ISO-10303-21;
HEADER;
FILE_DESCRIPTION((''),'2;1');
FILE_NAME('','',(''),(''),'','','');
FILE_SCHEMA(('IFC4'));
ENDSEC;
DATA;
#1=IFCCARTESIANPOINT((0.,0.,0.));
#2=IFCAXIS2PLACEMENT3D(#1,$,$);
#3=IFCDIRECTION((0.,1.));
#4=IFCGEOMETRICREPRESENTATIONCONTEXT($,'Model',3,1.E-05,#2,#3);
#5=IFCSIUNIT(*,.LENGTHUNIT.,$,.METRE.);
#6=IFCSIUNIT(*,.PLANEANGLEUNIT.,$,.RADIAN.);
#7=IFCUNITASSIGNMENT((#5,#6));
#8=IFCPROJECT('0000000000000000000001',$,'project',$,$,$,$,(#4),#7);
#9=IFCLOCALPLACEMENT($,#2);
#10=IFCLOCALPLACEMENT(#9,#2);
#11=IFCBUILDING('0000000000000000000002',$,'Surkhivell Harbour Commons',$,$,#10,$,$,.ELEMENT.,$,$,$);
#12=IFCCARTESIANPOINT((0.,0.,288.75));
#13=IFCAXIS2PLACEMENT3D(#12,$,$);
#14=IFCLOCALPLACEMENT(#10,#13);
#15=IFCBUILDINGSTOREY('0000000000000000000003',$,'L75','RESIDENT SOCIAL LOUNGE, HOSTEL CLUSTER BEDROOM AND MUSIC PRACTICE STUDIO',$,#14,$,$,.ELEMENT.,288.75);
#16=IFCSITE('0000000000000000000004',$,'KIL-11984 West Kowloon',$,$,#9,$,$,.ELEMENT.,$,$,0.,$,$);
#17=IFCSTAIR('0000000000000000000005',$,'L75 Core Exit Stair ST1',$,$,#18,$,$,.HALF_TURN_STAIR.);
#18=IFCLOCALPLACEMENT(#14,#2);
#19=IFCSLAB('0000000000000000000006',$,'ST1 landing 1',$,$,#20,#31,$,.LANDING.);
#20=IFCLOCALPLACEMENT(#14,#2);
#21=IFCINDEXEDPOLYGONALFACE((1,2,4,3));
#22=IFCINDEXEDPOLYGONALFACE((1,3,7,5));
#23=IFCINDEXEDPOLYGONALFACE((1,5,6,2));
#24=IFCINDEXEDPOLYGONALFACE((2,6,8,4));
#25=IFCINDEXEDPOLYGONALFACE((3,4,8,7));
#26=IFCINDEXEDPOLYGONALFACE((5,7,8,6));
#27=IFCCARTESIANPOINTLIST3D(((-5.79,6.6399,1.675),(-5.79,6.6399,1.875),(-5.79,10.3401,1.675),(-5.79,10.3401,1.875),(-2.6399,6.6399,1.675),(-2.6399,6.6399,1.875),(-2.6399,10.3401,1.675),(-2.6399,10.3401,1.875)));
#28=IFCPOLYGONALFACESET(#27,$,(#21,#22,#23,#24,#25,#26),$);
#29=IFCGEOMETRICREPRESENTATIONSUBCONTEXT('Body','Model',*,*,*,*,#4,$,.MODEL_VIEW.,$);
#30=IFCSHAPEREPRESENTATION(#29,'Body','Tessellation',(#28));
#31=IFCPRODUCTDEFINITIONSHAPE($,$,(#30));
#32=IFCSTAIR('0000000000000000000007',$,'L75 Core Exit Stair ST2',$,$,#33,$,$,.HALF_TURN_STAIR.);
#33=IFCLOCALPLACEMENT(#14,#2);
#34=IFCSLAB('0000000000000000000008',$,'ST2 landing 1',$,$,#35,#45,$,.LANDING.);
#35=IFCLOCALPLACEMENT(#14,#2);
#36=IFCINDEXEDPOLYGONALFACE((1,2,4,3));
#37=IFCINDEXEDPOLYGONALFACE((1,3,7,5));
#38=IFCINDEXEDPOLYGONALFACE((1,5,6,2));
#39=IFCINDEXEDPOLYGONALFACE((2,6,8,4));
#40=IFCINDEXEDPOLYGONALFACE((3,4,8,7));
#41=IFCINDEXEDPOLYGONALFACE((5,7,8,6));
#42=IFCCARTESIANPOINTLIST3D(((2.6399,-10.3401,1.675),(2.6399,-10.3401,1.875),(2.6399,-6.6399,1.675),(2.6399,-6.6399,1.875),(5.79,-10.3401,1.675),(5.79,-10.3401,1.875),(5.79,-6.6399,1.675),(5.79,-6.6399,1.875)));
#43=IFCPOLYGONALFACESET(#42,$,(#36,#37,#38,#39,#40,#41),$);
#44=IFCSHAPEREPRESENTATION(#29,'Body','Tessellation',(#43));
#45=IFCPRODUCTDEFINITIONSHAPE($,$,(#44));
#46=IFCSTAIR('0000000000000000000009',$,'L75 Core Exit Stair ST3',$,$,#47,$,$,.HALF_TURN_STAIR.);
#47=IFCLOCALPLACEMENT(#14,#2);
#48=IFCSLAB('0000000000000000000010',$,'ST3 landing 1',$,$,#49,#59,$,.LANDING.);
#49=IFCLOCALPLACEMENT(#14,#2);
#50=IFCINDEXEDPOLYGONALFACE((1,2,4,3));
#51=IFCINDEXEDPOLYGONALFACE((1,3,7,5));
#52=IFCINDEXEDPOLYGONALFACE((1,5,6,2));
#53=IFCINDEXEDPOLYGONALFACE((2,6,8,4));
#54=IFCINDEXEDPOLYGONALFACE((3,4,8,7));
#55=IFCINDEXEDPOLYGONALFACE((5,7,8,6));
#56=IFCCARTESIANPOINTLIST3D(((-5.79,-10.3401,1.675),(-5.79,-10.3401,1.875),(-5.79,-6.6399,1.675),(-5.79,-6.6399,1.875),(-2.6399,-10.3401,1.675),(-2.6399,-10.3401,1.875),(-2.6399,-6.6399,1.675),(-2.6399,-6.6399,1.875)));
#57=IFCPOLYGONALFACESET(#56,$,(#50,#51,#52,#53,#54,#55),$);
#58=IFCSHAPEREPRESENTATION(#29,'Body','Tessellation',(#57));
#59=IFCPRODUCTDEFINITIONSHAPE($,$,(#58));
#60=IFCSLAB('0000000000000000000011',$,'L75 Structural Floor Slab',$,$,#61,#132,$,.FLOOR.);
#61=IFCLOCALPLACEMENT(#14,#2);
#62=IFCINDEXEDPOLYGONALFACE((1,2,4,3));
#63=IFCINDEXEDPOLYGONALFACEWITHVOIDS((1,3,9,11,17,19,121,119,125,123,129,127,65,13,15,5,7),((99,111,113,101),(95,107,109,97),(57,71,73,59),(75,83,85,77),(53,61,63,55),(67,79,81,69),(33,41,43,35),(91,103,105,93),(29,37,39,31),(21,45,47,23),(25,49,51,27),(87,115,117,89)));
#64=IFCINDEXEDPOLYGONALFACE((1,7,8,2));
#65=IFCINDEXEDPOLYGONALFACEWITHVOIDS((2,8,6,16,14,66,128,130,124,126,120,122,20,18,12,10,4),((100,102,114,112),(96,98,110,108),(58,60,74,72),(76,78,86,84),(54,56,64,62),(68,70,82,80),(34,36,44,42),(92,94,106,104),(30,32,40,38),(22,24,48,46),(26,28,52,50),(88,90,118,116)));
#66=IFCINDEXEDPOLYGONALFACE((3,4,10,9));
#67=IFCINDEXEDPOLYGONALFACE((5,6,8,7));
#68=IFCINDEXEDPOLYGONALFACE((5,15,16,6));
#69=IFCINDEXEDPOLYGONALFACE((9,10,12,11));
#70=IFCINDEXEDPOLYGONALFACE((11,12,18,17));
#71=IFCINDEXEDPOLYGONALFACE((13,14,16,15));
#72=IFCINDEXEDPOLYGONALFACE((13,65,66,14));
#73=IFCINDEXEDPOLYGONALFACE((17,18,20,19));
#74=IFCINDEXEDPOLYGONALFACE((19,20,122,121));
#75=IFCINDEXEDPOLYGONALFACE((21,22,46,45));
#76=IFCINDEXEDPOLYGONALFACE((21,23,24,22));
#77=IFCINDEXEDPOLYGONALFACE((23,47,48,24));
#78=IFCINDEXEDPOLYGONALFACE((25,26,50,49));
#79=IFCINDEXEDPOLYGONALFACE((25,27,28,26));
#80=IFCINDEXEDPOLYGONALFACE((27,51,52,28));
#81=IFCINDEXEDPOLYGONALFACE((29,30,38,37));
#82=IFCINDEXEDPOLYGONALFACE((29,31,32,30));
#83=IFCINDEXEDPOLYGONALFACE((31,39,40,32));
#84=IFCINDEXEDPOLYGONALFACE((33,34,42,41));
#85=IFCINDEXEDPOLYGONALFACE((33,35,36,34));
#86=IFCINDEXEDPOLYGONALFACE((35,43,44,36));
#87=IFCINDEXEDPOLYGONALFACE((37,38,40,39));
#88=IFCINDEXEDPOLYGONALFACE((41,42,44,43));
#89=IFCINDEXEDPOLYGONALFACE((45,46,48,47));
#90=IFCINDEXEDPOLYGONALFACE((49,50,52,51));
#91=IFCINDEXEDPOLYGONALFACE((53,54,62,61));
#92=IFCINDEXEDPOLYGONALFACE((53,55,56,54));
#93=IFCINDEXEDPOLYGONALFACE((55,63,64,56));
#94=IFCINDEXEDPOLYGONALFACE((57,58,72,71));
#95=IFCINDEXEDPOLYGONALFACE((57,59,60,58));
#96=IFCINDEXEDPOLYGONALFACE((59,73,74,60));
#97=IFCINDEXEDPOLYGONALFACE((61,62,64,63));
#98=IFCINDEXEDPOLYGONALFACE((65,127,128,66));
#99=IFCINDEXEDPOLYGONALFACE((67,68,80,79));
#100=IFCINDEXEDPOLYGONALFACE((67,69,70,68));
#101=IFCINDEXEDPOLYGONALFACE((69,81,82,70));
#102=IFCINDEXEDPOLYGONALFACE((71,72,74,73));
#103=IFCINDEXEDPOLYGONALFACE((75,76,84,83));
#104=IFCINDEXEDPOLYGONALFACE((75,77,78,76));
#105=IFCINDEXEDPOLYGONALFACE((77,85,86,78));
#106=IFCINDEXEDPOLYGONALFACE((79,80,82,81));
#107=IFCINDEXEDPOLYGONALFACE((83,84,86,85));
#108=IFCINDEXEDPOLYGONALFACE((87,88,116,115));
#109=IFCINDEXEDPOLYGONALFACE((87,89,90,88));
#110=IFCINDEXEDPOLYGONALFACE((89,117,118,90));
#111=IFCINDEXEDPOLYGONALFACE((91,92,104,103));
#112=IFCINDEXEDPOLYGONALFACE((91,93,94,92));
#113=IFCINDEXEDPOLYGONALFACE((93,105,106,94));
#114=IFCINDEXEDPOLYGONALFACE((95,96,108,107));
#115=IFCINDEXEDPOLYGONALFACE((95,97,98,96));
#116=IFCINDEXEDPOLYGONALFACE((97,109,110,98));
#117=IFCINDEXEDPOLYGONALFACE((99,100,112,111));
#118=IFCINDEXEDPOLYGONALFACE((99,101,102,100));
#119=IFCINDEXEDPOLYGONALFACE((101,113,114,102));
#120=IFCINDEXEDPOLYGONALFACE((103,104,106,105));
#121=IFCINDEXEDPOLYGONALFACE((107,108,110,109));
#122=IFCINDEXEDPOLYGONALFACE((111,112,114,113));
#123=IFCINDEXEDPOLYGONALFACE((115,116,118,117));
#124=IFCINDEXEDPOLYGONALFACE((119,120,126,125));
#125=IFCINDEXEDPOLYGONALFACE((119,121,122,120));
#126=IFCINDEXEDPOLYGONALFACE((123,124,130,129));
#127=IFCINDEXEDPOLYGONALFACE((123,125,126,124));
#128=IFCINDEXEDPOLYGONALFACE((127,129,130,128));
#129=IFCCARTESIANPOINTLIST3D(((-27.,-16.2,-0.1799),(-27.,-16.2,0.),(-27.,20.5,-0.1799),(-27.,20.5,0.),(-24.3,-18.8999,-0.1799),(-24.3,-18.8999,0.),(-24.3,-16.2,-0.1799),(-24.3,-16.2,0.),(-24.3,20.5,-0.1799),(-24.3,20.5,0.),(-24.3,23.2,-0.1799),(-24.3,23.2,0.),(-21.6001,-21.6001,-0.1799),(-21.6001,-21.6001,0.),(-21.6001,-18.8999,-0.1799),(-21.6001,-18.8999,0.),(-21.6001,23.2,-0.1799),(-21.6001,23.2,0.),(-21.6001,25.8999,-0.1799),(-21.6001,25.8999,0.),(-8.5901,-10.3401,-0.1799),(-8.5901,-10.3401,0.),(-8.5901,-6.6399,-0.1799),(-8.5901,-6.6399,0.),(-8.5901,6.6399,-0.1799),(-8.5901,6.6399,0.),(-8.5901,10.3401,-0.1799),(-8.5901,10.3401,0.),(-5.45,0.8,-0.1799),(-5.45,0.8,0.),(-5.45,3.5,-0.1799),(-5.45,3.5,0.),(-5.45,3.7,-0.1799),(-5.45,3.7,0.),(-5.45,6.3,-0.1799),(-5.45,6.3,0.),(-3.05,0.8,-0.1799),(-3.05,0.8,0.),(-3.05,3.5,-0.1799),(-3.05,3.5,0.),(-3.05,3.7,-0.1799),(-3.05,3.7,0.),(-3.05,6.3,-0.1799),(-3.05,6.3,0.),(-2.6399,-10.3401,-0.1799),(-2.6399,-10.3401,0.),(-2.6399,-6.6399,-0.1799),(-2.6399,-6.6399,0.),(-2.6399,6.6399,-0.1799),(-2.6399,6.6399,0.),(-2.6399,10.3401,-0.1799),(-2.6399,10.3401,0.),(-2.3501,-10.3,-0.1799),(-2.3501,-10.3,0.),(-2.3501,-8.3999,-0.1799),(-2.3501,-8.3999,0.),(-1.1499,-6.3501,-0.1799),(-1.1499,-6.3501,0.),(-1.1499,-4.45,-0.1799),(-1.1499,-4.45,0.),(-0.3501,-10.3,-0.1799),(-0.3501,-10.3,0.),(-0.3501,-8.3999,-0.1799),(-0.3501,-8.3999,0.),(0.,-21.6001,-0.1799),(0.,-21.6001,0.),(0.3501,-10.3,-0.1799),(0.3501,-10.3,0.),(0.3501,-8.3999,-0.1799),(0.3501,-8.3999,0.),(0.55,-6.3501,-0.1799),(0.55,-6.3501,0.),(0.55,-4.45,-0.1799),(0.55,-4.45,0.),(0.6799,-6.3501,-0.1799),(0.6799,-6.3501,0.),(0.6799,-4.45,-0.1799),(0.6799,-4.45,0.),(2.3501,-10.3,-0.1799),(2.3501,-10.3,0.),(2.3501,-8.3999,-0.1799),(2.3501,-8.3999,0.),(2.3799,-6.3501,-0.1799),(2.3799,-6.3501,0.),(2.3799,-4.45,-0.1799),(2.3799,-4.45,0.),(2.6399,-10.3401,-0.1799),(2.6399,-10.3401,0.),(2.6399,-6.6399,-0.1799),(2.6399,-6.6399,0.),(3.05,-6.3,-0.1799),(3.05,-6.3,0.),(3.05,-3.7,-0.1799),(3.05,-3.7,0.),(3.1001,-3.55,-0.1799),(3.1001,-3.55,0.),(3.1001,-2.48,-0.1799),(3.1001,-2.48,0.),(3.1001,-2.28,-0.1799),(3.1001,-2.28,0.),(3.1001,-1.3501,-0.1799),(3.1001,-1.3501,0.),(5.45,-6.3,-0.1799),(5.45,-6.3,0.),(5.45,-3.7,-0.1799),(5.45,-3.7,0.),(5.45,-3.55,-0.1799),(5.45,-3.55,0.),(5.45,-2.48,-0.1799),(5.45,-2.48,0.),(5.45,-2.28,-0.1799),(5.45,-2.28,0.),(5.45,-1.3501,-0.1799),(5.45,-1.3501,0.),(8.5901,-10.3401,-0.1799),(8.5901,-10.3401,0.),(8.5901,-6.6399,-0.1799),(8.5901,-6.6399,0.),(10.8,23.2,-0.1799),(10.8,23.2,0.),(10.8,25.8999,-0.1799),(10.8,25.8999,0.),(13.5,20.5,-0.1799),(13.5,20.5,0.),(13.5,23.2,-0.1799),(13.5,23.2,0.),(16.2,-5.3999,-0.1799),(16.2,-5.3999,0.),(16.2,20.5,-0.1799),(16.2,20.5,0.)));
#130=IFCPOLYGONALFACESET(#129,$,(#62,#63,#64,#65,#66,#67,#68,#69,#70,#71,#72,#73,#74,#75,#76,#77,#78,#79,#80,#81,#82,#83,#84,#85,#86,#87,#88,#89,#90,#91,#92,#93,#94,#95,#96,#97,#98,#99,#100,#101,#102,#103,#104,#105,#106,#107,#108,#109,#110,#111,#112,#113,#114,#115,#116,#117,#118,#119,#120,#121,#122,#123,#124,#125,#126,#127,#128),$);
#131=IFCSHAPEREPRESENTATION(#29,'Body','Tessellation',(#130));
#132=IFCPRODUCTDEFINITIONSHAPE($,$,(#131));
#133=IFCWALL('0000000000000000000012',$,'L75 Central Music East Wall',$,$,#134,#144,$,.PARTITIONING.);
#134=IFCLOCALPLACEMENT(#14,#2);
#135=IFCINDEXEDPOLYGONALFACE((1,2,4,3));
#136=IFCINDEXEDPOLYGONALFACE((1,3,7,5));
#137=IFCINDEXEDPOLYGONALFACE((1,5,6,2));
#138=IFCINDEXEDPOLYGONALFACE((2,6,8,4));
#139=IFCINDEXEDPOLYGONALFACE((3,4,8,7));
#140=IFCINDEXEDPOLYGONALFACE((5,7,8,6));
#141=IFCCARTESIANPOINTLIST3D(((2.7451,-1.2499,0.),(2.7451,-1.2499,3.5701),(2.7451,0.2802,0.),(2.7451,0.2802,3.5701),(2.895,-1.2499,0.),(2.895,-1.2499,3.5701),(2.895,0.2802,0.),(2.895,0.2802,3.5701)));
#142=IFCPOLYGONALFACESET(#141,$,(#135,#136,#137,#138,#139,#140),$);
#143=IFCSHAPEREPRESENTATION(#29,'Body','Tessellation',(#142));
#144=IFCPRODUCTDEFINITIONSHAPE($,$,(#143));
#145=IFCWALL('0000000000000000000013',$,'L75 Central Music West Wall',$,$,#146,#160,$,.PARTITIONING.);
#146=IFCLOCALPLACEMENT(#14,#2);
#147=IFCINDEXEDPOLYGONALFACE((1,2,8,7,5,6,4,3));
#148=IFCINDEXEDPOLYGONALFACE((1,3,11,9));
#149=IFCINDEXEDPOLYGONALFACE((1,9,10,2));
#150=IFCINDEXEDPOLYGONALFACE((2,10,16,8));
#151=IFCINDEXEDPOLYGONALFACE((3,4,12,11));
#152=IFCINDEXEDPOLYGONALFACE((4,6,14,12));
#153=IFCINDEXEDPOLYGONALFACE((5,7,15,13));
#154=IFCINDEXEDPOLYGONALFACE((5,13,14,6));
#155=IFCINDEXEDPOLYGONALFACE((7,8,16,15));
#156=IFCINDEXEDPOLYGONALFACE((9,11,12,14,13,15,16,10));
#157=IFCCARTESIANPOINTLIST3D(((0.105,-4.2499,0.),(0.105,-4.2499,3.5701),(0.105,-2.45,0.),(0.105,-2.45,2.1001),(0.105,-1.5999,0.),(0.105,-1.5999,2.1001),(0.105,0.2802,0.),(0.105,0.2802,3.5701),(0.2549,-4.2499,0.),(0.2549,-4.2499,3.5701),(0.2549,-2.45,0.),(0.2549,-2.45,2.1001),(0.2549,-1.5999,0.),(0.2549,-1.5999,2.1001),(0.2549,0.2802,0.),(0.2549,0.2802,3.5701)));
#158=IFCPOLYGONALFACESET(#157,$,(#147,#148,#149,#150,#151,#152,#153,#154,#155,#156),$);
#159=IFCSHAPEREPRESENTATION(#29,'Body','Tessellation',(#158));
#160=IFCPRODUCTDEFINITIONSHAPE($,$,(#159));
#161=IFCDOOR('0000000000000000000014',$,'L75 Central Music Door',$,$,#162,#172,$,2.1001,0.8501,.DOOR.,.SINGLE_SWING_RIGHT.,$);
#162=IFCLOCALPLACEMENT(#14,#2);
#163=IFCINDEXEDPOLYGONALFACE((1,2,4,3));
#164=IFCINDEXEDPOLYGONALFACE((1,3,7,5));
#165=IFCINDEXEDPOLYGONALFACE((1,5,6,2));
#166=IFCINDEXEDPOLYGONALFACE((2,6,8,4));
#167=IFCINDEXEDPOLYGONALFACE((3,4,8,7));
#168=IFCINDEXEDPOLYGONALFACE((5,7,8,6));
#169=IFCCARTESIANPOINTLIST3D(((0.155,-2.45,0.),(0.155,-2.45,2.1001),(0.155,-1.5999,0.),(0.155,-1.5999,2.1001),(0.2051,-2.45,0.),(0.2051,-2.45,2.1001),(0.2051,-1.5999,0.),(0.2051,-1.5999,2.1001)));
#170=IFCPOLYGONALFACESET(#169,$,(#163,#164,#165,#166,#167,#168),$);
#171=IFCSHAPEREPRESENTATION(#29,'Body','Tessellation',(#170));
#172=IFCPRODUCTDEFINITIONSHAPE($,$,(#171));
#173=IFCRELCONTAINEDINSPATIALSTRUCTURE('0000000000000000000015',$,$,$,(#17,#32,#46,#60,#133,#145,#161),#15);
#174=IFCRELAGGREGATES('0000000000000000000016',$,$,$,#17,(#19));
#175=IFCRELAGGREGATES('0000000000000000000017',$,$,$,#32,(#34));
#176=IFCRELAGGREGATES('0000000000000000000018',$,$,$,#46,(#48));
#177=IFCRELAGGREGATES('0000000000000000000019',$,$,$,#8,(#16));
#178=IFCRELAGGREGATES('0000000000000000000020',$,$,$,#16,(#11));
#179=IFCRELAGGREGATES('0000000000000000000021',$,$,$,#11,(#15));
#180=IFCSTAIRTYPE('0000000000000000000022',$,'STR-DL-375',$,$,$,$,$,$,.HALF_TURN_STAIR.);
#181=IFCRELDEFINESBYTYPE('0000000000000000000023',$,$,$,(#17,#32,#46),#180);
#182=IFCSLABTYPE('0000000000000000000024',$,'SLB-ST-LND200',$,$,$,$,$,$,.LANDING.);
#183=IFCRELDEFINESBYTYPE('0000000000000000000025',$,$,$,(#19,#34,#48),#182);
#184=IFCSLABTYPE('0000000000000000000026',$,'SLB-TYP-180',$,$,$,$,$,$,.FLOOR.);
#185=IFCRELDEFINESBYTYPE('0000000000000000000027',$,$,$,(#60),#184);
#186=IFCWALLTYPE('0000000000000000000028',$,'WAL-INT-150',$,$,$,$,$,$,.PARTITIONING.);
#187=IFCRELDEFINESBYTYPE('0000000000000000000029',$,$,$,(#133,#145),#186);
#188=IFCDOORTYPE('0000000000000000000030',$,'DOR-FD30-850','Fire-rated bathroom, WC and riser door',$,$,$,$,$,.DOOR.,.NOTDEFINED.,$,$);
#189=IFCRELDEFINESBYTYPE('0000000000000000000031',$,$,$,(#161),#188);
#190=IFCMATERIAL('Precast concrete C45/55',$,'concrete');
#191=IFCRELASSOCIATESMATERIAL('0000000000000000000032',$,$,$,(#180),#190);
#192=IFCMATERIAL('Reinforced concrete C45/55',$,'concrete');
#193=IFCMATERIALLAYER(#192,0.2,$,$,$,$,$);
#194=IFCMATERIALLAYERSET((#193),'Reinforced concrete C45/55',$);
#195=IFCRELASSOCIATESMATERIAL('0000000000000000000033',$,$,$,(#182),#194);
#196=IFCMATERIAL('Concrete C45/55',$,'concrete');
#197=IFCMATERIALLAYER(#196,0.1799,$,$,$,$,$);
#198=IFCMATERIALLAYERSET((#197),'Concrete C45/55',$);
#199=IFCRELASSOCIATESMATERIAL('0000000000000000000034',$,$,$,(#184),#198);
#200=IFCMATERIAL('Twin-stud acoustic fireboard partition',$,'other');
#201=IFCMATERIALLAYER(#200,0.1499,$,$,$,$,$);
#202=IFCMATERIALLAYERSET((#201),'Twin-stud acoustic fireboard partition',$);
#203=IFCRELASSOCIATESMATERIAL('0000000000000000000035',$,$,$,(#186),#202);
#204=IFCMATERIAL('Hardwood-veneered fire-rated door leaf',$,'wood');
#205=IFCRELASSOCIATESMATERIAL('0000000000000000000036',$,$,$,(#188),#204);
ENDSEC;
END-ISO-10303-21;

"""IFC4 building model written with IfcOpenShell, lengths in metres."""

from ifc_helpers import new_model, si_unit, direction, frame, frame_2d, origin, place, context, subcontext, project, spatial, polyline, rectangle, outline, extrude, material, layer, layer_set, type_object, element, fill, aggregate, save


model = new_model("IFC4")

# Units and contexts
model_context = context("Model", 3, precision=1e-05, world=origin(), true_north=direction((0.0, 1.0)))
body_context = subcontext(model_context, "Body", "Model", "MODEL_VIEW")
ifc_project = project(units=[si_unit("LENGTHUNIT", "METRE"), si_unit("PLANEANGLEUNIT", "RADIAN")], contexts=[model_context])

# Site, building, storey
site_placement = place(None, origin())
site = spatial("IfcSite", under=ifc_project, at=site_placement, Name="KIL-11984 West Kowloon", CompositionType="ELEMENT", RefElevation=0.0)
building_placement = place(site_placement, origin())
building = spatial("IfcBuilding", under=site, at=building_placement, Name="Surkhivell Harbour Commons", CompositionType="ELEMENT")
storey_placement = place(building_placement, frame((0.0, 0.0, 288.75)))
storey = spatial("IfcBuildingStorey", under=building, at=storey_placement, Name="L75", Description="RESIDENT SOCIAL LOUNGE, HOSTEL CLUSTER BEDROOM AND MUSIC PRACTICE STUDIO", CompositionType="ELEMENT", Elevation=288.75)

# Stairs, slabs
ifc_material_1 = material(Name="Precast concrete C45/55", Category="concrete")
stair_type = type_object("IfcStairType", Name="STR-DL-375", PredefinedType="HALF_TURN_STAIR", material=ifc_material_1)
stair_1_placement = place(storey_placement, origin())
stair_1 = element("IfcStair", 1, at=stair_1_placement, inside=storey, type_object=stair_type, Name="L75 Core Exit Stair ST1", PredefinedType="HALF_TURN_STAIR")
ifc_material_2 = material(Name="Reinforced concrete C45/55", Category="concrete")
ifc_layer_1 = layer(ifc_material_2, 0.2)
ifc_layer_set_1 = layer_set([ifc_layer_1], Name="Reinforced concrete C45/55")
slab_type_1 = type_object("IfcSlabType", Name="SLB-ST-LND200", PredefinedType="LANDING", material=ifc_layer_set_1)
slab_1_placement = place(storey_placement, frame((0.0, 0.0, 1.675)))
slab_1 = element("IfcSlab", 2, at=slab_1_placement, type_object=slab_type_1, Name="ST1 landing 1", PredefinedType="LANDING", context=body_context, shape_type="SweptSolid", body=[
    extrude(outline(polyline([(-5.79, 6.6399), (-2.6399, 6.6399), (-2.6399, 10.3401), (-5.79, 10.3401), (-5.79, 6.6399)])), origin(), (0.0, 0.0, 1.0), 0.2),
])
aggregate(stair_1, [slab_1])
stair_2_placement = place(storey_placement, origin())
stair_2 = element("IfcStair", 3, at=stair_2_placement, inside=storey, type_object=stair_type, Name="L75 Core Exit Stair ST2", PredefinedType="HALF_TURN_STAIR")
slab_2_placement = place(storey_placement, frame((0.0, 0.0, 1.675)))
slab_2 = element("IfcSlab", 4, at=slab_2_placement, type_object=slab_type_1, Name="ST2 landing 1", PredefinedType="LANDING", context=body_context, shape_type="SweptSolid", body=[
    extrude(outline(polyline([(5.79, -6.6399), (2.6399, -6.6399), (2.6399, -10.3401), (5.79, -10.3401), (5.79, -6.6399)])), origin(), (0.0, 0.0, 1.0), 0.2),
])
aggregate(stair_2, [slab_2])
stair_3_placement = place(storey_placement, origin())
stair_3 = element("IfcStair", 5, at=stair_3_placement, inside=storey, type_object=stair_type, Name="L75 Core Exit Stair ST3", PredefinedType="HALF_TURN_STAIR")
slab_3_placement = place(storey_placement, frame((0.0, 0.0, 1.675)))
slab_3 = element("IfcSlab", 6, at=slab_3_placement, type_object=slab_type_1, Name="ST3 landing 1", PredefinedType="LANDING", context=body_context, shape_type="SweptSolid", body=[
    extrude(outline(polyline([(-5.79, -10.3401), (-2.6399, -10.3401), (-2.6399, -6.6399), (-5.79, -6.6399), (-5.79, -10.3401)])), origin(), (0.0, 0.0, 1.0), 0.2),
])
aggregate(stair_3, [slab_3])

# Slab
ifc_material_3 = material(Name="Concrete C45/55", Category="concrete")
ifc_layer_2 = layer(ifc_material_3, 0.1799)
ifc_layer_set_2 = layer_set([ifc_layer_2], Name="Concrete C45/55")
slab_type_2 = type_object("IfcSlabType", Name="SLB-TYP-180", PredefinedType="FLOOR", material=ifc_layer_set_2)
slab_4_placement = place(storey_placement, frame((0.0, 0.0, -0.1799)))
element("IfcSlab", 7, at=slab_4_placement, inside=storey, type_object=slab_type_2, Name="L75 Structural Floor Slab", PredefinedType="FLOOR", context=body_context, shape_type="SweptSolid", body=[
    extrude(outline(polyline([(-21.6001, -21.6001), (0.0, -21.6001), (16.2, -5.3999), (16.2, 20.5), (13.5, 20.5), (13.5, 23.2), (10.8, 23.2), (10.8, 25.8999), (-21.6001, 25.8999), (-21.6001, 23.2), (-24.3, 23.2), (-24.3, 20.5), (-27.0, 20.5), (-27.0, -16.2), (-24.3, -16.2), (-24.3, -18.8999), (-21.6001, -18.8999), (-21.6001, -21.6001)]), holes=[polyline([(-8.5901, 6.6399), (-2.6399, 6.6399), (-2.6399, 10.3401), (-8.5901, 10.3401), (-8.5901, 6.6399)]), polyline([(8.5901, -6.6399), (2.6399, -6.6399), (2.6399, -10.3401), (8.5901, -10.3401), (8.5901, -6.6399)]), polyline([(-8.5901, -10.3401), (-2.6399, -10.3401), (-2.6399, -6.6399), (-8.5901, -6.6399), (-8.5901, -10.3401)]), polyline([(-1.1499, -6.3501), (0.55, -6.3501), (0.55, -4.45), (-1.1499, -4.45), (-1.1499, -6.3501)]), polyline([(0.6799, -6.3501), (2.3799, -6.3501), (2.3799, -4.45), (0.6799, -4.45), (0.6799, -6.3501)]), polyline([(-2.3501, -10.3), (-0.3501, -10.3), (-0.3501, -8.3999), (-2.3501, -8.3999), (-2.3501, -10.3)]), polyline([(0.3501, -10.3), (2.3501, -10.3), (2.3501, -8.3999), (0.3501, -8.3999), (0.3501, -10.3)]), polyline([(-5.45, 3.7), (-3.05, 3.7), (-3.05, 6.3), (-5.45, 6.3), (-5.45, 3.7)]), polyline([(3.05, -6.3), (5.45, -6.3), (5.45, -3.7), (3.05, -3.7), (3.05, -6.3)]), polyline([(-5.45, 0.8), (-3.05, 0.8), (-3.05, 3.5), (-5.45, 3.5), (-5.45, 0.8)]), polyline([(3.1001, -3.55), (5.45, -3.55), (5.45, -2.48), (3.1001, -2.48), (3.1001, -3.55)]), polyline([(3.1001, -2.28), (5.45, -2.28), (5.45, -1.3501), (3.1001, -1.3501), (3.1001, -2.28)])]), origin(), (0.0, 0.0, 1.0), 0.1799),
])

# Wall
ifc_material_4 = material(Name="Twin-stud acoustic fireboard partition", Category="other")
ifc_layer_3 = layer(ifc_material_4, 0.1499)
ifc_layer_set_3 = layer_set([ifc_layer_3], Name="Twin-stud acoustic fireboard partition")
wall_type_1 = type_object("IfcWallType", Name="WAL-INT-150", PredefinedType="PARTITIONING", material=ifc_layer_set_3)
wall_1_placement = place(storey_placement, frame((2.8201, -1.25, 0.0), z_axis=(0.0, 0.0, 1.0), x_axis=(0.0, 1.0, 0.0)))
element("IfcWall", 8, at=wall_1_placement, inside=storey, type_object=wall_type_1, Name="L75 Central Music East Wall", PredefinedType="PARTITIONING", context=body_context, shape_type="SweptSolid", body=[
    extrude(rectangle(XDim=1.53, YDim=0.1499, at=frame_2d((0.7651, 0.0))), origin(), (0.0, 0.0, 1.0), 3.5701),
])

# Wall, opening, door
wall_2_placement = place(storey_placement, frame((0.1799, -4.25, 0.0), z_axis=(0.0, 0.0, 1.0), x_axis=(0.0, 1.0, 0.0)))
wall_2 = element("IfcWall", 9, at=wall_2_placement, inside=storey, type_object=wall_type_1, Name="L75 Central Music West Wall", PredefinedType="PARTITIONING", context=body_context, shape_type="SweptSolid", body=[
    extrude(rectangle(XDim=4.53, YDim=0.1499, at=frame_2d((2.2651, 0.0))), origin(), (0.0, 0.0, 1.0), 3.5701),
])
opening_1_placement = place(wall_2_placement, frame((1.8, 0.0, 0.0)))
opening_1 = element("IfcOpeningElement", 10, at=opening_1_placement, cuts=wall_2, PredefinedType="OPENING", context=body_context, shape_type="SweptSolid", body=[
    extrude(rectangle(XDim=0.8501, YDim=2.1001, at=frame_2d((0.425, 1.05))), frame((0.0, 0.085, 0.0), z_axis=(0.0, -1.0, 0.0), x_axis=(1.0, 0.0, 0.0)), (0.0, 0.0, 1.0), 0.1699),
])
ifc_material_5 = material(Name="Hardwood-veneered fire-rated door leaf", Category="wood")
door_type_1 = type_object("IfcDoorType", Name="DOR-FD30-850", Description="Fire-rated bathroom, WC and riser door", OperationType="NOTDEFINED", PredefinedType="DOOR", material=ifc_material_5)
door_1_placement = place(opening_1_placement, origin())
door_1 = element("IfcDoor", 11, at=door_1_placement, inside=storey, type_object=door_type_1, Name="L75 Central Music Door", OperationType="SINGLE_SWING_RIGHT", OverallHeight=2.1001, OverallWidth=0.8501, PredefinedType="DOOR", context=body_context, shape_type="SweptSolid", body=[
    extrude(rectangle(XDim=0.8501, YDim=2.1001, at=frame_2d((0.425, 1.05))), frame((0.0, 0.0249, 0.0), z_axis=(0.0, -1.0, 0.0), x_axis=(1.0, 0.0, 0.0)), (0.0, 0.0, 1.0), 0.05),
])
fill(opening_1, door_1)

save(model, "model.ifc")
